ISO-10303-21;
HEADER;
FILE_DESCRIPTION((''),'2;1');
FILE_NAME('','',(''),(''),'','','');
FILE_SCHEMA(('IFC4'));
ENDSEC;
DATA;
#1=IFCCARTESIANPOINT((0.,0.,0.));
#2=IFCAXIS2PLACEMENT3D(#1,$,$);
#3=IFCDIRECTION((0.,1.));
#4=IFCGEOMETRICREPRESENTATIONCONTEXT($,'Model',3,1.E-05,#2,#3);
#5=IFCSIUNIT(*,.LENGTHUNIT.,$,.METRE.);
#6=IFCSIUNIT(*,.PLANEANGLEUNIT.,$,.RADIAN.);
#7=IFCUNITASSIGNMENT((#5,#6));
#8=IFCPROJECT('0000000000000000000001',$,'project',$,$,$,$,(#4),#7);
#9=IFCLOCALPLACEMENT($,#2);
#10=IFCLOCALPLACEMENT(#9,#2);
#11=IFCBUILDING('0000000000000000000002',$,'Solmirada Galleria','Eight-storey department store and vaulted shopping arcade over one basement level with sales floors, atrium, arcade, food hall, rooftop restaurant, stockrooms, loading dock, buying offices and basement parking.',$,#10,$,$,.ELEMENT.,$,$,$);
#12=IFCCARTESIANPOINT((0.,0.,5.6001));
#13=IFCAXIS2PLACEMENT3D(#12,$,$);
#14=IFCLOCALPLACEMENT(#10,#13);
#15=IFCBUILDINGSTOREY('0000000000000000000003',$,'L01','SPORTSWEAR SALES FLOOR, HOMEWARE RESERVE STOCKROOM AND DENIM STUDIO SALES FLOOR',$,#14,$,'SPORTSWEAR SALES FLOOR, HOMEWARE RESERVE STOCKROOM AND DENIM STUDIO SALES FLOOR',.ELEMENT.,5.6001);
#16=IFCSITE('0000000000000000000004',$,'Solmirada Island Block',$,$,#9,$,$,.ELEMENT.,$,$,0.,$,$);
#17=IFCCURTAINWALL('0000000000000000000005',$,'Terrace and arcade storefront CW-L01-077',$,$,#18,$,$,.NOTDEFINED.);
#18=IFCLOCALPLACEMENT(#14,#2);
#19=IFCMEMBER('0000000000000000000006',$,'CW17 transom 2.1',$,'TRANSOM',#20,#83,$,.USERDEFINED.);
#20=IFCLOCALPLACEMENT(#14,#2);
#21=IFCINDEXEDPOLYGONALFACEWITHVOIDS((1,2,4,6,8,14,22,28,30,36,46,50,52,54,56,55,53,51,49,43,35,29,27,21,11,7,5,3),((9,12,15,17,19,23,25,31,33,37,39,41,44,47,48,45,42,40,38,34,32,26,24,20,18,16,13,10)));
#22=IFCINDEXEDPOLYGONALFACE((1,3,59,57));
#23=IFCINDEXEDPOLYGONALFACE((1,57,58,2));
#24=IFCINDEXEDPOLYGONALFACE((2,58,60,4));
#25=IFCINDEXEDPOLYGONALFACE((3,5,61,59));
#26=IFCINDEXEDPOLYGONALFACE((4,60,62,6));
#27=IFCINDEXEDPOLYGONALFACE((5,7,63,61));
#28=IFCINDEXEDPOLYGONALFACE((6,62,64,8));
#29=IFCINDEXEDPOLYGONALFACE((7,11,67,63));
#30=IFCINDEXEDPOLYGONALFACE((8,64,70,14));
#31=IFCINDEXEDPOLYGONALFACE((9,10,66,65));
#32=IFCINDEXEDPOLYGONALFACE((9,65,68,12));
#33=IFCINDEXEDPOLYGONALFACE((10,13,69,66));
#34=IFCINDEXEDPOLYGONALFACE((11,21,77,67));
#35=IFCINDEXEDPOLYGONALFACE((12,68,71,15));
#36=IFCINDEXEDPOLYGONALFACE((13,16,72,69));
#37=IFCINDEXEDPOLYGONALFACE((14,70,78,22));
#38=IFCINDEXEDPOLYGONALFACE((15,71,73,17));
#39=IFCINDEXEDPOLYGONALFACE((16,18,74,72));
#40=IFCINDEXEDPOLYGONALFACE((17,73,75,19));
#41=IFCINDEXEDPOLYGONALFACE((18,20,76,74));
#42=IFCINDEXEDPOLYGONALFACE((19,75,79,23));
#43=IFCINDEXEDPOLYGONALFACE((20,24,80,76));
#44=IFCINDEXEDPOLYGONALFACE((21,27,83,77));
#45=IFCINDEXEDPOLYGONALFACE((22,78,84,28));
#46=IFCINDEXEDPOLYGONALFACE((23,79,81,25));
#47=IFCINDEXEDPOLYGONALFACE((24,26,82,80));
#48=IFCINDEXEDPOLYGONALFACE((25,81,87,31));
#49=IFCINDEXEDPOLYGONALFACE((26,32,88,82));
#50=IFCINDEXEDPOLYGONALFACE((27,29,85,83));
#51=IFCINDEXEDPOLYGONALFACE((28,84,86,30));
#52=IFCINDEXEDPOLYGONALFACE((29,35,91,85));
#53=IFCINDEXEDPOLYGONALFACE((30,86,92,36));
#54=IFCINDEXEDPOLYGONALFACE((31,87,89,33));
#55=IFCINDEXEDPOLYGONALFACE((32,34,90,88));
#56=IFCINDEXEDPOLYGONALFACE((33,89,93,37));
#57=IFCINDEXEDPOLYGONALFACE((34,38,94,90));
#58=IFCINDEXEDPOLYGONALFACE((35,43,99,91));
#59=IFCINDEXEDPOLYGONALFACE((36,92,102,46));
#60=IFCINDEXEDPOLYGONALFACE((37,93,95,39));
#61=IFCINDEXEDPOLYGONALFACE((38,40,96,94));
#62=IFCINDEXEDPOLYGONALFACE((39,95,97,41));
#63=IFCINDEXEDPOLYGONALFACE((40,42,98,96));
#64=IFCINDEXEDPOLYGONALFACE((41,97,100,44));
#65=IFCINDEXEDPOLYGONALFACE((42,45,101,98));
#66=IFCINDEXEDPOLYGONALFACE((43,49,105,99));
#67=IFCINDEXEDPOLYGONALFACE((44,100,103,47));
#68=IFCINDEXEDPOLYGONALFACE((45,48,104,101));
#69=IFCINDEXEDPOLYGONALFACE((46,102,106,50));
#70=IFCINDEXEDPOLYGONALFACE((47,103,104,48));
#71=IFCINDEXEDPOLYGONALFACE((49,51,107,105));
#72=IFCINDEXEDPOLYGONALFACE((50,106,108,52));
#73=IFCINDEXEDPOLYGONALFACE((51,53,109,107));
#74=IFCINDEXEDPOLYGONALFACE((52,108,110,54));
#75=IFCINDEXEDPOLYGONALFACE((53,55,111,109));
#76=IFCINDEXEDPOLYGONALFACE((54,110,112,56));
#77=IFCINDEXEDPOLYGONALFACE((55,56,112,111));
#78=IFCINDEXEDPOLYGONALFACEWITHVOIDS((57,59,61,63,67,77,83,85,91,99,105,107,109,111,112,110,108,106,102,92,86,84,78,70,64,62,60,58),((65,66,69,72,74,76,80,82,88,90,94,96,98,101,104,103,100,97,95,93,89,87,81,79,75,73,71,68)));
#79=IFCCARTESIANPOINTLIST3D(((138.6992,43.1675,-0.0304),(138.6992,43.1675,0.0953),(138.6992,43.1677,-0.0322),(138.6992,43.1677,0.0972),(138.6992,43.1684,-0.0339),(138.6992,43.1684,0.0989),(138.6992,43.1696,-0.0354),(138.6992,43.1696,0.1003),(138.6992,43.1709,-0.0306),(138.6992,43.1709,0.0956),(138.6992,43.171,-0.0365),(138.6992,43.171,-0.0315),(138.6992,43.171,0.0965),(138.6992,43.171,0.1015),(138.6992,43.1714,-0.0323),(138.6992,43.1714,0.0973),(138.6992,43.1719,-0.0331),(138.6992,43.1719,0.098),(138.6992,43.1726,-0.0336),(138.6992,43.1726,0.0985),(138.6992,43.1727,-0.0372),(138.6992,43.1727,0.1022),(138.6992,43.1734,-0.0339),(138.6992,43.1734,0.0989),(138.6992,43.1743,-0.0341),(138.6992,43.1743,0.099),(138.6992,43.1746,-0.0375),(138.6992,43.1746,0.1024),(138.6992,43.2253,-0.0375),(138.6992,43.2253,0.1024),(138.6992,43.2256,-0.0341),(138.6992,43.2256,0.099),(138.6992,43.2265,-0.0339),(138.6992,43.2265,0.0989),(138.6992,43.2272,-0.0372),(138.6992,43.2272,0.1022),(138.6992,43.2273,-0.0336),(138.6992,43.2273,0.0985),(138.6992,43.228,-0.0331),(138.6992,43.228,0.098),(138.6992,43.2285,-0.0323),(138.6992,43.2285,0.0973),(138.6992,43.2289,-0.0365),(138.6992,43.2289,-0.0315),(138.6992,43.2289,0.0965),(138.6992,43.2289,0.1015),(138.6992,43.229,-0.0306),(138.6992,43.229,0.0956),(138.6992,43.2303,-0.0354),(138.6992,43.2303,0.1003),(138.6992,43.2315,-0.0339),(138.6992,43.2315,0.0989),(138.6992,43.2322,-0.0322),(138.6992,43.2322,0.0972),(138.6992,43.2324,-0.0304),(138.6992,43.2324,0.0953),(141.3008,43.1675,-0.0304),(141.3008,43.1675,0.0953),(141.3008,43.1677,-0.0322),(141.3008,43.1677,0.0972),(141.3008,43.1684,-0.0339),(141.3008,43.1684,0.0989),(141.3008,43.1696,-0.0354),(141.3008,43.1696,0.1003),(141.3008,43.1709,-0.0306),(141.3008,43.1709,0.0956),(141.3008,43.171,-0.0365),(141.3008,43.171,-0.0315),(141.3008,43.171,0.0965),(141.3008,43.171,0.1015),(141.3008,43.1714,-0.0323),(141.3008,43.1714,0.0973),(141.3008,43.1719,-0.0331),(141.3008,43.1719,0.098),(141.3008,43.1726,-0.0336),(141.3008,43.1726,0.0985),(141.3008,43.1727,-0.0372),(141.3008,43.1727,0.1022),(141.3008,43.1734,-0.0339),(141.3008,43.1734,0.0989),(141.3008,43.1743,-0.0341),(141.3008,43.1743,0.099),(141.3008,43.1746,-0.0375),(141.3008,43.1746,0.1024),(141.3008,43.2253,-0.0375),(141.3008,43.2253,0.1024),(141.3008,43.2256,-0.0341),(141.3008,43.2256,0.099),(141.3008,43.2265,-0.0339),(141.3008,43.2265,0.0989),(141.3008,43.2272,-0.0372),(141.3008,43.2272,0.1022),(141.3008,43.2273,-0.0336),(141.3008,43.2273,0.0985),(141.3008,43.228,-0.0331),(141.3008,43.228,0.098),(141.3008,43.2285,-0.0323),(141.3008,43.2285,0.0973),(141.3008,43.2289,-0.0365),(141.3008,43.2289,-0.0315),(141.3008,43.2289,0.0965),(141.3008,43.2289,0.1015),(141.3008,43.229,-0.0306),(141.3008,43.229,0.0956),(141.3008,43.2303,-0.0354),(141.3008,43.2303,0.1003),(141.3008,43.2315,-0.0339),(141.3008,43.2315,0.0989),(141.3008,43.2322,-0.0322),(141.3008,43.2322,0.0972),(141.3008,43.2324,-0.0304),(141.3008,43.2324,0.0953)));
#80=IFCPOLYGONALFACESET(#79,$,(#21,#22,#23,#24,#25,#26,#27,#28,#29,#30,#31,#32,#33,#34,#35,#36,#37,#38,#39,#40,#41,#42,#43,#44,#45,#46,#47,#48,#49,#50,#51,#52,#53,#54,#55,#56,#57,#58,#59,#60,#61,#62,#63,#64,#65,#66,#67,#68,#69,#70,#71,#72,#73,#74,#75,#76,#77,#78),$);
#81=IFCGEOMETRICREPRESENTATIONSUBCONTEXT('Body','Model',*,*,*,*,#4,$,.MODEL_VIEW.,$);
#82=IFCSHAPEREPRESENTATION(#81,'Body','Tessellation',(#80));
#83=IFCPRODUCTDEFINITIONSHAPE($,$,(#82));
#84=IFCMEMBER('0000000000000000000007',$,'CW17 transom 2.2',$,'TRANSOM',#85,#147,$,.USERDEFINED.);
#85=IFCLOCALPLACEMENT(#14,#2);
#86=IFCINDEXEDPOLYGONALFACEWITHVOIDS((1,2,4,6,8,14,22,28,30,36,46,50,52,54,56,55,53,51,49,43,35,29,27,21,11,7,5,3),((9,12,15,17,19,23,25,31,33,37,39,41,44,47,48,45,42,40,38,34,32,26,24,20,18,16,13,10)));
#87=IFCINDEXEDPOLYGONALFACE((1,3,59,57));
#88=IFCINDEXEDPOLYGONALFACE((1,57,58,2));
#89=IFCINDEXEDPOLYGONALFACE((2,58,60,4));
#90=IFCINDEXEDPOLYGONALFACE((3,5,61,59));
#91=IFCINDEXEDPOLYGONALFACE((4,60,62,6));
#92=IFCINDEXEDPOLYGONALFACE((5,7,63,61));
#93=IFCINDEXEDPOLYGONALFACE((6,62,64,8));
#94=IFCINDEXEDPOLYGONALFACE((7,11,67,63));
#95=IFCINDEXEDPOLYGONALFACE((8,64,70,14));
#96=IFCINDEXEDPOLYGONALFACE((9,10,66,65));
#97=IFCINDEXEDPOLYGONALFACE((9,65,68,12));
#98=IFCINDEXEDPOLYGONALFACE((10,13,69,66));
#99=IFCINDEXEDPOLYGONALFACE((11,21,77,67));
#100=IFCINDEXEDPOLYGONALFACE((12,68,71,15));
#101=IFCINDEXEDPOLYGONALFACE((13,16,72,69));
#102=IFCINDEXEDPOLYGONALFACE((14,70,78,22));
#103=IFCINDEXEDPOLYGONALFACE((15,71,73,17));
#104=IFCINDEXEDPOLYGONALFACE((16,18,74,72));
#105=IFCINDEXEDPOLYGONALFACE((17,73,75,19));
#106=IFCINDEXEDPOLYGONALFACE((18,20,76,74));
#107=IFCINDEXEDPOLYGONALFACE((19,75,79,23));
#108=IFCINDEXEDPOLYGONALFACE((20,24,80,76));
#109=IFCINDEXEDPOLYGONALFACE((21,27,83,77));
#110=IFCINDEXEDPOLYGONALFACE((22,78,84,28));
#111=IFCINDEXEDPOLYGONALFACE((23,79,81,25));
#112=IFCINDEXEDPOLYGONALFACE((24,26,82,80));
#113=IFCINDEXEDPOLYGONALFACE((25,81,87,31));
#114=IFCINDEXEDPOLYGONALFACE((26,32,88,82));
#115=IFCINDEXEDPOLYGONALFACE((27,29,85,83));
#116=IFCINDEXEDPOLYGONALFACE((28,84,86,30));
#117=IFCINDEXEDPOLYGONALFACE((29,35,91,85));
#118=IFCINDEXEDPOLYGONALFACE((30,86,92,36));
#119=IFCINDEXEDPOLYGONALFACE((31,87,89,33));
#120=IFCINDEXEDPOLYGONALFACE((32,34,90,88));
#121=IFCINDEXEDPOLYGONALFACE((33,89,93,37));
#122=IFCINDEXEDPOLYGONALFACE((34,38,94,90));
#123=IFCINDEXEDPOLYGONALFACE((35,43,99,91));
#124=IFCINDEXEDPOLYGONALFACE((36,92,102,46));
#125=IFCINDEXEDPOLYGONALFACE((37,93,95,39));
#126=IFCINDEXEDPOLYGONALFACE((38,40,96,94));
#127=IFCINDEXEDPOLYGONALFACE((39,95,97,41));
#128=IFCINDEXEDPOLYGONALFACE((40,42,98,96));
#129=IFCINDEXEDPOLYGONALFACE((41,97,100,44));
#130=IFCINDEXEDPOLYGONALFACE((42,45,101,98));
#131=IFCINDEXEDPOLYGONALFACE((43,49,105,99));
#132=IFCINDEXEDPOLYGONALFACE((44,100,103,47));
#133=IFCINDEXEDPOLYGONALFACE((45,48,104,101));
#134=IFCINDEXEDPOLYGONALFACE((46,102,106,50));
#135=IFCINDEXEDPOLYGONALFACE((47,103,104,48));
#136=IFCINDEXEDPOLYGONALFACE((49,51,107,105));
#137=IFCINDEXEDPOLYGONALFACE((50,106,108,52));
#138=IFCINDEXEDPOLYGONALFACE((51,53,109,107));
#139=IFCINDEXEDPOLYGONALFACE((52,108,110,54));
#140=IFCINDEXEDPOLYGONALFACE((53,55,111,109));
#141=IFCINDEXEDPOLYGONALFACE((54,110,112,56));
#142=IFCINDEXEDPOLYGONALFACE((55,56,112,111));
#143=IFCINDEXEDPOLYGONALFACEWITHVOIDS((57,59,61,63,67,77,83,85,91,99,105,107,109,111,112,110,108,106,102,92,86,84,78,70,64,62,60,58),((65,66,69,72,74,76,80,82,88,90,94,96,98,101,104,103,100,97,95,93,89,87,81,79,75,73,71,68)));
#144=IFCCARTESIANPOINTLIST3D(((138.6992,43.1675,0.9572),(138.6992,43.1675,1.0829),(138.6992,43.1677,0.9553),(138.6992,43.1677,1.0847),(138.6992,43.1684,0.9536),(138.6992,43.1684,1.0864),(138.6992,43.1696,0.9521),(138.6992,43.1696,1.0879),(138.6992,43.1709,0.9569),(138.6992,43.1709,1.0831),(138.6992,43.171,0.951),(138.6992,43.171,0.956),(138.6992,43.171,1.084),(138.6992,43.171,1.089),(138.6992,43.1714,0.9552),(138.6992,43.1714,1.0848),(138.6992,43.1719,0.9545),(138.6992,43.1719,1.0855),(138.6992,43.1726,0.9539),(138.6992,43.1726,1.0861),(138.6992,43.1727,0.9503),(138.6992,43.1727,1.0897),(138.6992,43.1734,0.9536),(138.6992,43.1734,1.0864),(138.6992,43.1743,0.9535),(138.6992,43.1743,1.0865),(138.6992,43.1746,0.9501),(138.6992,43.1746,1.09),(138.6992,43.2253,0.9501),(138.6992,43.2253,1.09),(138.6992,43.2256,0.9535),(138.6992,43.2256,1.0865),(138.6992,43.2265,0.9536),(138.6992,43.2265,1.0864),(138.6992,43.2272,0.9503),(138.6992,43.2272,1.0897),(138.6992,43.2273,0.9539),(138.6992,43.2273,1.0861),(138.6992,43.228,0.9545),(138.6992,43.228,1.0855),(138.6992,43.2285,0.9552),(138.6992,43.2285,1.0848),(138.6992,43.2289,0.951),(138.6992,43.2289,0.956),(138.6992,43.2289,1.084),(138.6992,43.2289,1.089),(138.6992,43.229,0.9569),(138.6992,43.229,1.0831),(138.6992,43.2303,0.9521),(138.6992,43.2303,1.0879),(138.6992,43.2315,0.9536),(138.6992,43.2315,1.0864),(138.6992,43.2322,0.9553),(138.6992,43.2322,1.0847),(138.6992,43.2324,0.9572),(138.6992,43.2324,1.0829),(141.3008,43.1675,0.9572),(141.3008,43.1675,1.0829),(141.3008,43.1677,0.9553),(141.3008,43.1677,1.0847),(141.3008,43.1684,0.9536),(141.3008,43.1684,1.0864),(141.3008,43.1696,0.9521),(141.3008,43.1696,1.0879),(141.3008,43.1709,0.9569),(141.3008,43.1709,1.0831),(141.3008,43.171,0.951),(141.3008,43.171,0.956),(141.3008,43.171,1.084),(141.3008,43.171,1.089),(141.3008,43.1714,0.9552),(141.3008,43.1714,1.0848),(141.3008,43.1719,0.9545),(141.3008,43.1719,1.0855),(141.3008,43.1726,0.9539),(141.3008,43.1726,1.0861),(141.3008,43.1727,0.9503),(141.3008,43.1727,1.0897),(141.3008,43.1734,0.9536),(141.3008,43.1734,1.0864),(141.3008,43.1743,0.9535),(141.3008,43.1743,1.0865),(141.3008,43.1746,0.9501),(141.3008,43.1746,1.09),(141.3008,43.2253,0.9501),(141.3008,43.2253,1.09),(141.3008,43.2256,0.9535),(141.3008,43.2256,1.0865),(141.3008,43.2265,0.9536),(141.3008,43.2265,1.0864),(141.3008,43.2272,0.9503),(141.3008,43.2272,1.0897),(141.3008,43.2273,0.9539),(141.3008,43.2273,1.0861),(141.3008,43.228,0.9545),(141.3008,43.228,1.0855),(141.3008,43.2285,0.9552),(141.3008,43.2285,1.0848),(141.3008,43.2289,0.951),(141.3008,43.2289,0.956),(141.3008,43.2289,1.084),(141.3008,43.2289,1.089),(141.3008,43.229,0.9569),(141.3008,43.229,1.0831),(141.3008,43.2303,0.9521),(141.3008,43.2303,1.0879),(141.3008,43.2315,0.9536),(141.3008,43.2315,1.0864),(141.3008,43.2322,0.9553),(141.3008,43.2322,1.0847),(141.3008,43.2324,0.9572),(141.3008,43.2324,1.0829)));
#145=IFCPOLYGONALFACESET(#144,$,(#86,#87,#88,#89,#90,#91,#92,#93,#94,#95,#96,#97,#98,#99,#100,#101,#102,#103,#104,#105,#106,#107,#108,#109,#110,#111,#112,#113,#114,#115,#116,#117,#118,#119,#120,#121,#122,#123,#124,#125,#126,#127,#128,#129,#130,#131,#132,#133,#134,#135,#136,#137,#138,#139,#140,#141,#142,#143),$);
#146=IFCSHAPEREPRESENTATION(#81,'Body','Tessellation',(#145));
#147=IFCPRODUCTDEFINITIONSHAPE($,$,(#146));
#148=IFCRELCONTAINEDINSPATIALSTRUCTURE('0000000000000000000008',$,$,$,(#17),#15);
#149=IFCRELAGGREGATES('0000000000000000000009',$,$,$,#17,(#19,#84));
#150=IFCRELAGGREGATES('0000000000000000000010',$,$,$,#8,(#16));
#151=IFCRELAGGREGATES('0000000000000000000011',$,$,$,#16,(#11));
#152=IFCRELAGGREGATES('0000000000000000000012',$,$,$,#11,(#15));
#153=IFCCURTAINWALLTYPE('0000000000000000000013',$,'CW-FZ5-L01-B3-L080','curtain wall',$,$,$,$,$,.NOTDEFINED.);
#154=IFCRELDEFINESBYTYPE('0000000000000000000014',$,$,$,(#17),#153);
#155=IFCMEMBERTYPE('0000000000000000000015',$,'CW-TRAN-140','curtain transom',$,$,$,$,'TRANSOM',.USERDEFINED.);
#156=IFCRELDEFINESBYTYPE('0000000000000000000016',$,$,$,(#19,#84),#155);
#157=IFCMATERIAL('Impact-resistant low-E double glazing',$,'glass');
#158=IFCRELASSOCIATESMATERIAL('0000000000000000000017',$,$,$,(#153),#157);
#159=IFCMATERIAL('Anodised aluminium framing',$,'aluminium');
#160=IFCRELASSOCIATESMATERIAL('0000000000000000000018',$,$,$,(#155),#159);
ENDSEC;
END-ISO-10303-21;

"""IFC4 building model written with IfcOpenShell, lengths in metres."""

from ifc_helpers import new_model, si_unit, direction, frame, origin, origin_2d, place, context, subcontext, project, spatial, hollow_rectangle, extrude, material, material_profile, profile_set, type_object, element, aggregate, save


model = new_model("IFC4")

# Units and contexts
model_context = context("Model", 3, precision=1e-05, world=origin(), true_north=direction((0.0, 1.0)))
body_context = subcontext(model_context, "Body", "Model", "MODEL_VIEW")
ifc_project = project(units=[si_unit("LENGTHUNIT", "METRE"), si_unit("PLANEANGLEUNIT", "RADIAN")], contexts=[model_context])

# Site, building, storey
site_placement = place(None, origin())
site = spatial("IfcSite", under=ifc_project, at=site_placement, Name="Solmirada Island Block", CompositionType="ELEMENT", RefElevation=0.0)
building_placement = place(site_placement, origin())
building = spatial("IfcBuilding", under=site, at=building_placement, Name="Solmirada Galleria", Description="Eight-storey department store and vaulted shopping arcade over one basement level with sales floors, atrium, arcade, food hall, rooftop restaurant, stockrooms, loading dock, buying offices and basement parking.", CompositionType="ELEMENT")
storey_placement = place(building_placement, frame((0.0, 0.0, 5.6001)))
storey = spatial("IfcBuildingStorey", under=building, at=storey_placement, Name="L01", Description="SPORTSWEAR SALES FLOOR, HOMEWARE RESERVE STOCKROOM AND DENIM STUDIO SALES FLOOR", LongName="SPORTSWEAR SALES FLOOR, HOMEWARE RESERVE STOCKROOM AND DENIM STUDIO SALES FLOOR", CompositionType="ELEMENT", Elevation=5.6001)

# Curtain wall, members
ifc_material_1 = material(Name="Impact-resistant low-E double glazing", Category="glass")
curtain_wall_type = type_object("IfcCurtainWallType", Name="CW-FZ5-L01-B3-L080", Description="curtain wall", PredefinedType="NOTDEFINED", material=ifc_material_1)
curtain_wall_placement = place(storey_placement, origin())
curtain_wall = element("IfcCurtainWall", 1, at=curtain_wall_placement, inside=storey, type_object=curtain_wall_type, Name="Terrace and arcade storefront CW-L01-077", PredefinedType="NOTDEFINED")
ifc_material_2 = material(Name="Anodised aluminium framing", Category="aluminium")
ifc_material_profile_1 = material_profile(ifc_material_2, hollow_rectangle(XDim=0.0649, YDim=0.1399, WallThickness=0.0034, InnerFilletRadius=0.0034, OuterFilletRadius=0.0071, at=origin_2d()), Name="ALU-TRAN-140X65")
ifc_profile_set_1 = profile_set([ifc_material_profile_1], Name="Anodised aluminium framing")
member_type_1 = type_object("IfcMemberType", Name="CW-TRAN-140", Description="curtain transom", ElementType="TRANSOM", PredefinedType="USERDEFINED", material=ifc_profile_set_1)
member_1_placement = place(storey_placement, frame((138.6992, 43.2, 0.0325), z_axis=(1.0, 0.0, 0.0), x_axis=(0.0, 1.0, 0.0)))
member_1 = element("IfcMember", 2, at=member_1_placement, type_object=member_type_1, Name="CW17 transom 2.1", ObjectType="TRANSOM", PredefinedType="USERDEFINED", context=body_context, shape_type="SweptSolid", body=[
    extrude(hollow_rectangle(XDim=0.0649, YDim=0.1399, WallThickness=0.0034, InnerFilletRadius=0.0034, OuterFilletRadius=0.0071, at=origin_2d()), origin(), (0.0, 0.0, 1.0), 2.6016),
])
member_2_placement = place(storey_placement, frame((138.6992, 43.2, 1.02), z_axis=(1.0, 0.0, 0.0), x_axis=(0.0, 1.0, 0.0)))
member_2 = element("IfcMember", 3, at=member_2_placement, type_object=member_type_1, Name="CW17 transom 2.2", ObjectType="TRANSOM", PredefinedType="USERDEFINED", context=body_context, shape_type="SweptSolid", body=[
    extrude(hollow_rectangle(XDim=0.0649, YDim=0.1399, WallThickness=0.0034, InnerFilletRadius=0.0034, OuterFilletRadius=0.0071, at=origin_2d()), origin(), (0.0, 0.0, 1.0), 2.6016),
])
aggregate(curtain_wall, [member_1, member_2])

save(model, "model.ifc")
